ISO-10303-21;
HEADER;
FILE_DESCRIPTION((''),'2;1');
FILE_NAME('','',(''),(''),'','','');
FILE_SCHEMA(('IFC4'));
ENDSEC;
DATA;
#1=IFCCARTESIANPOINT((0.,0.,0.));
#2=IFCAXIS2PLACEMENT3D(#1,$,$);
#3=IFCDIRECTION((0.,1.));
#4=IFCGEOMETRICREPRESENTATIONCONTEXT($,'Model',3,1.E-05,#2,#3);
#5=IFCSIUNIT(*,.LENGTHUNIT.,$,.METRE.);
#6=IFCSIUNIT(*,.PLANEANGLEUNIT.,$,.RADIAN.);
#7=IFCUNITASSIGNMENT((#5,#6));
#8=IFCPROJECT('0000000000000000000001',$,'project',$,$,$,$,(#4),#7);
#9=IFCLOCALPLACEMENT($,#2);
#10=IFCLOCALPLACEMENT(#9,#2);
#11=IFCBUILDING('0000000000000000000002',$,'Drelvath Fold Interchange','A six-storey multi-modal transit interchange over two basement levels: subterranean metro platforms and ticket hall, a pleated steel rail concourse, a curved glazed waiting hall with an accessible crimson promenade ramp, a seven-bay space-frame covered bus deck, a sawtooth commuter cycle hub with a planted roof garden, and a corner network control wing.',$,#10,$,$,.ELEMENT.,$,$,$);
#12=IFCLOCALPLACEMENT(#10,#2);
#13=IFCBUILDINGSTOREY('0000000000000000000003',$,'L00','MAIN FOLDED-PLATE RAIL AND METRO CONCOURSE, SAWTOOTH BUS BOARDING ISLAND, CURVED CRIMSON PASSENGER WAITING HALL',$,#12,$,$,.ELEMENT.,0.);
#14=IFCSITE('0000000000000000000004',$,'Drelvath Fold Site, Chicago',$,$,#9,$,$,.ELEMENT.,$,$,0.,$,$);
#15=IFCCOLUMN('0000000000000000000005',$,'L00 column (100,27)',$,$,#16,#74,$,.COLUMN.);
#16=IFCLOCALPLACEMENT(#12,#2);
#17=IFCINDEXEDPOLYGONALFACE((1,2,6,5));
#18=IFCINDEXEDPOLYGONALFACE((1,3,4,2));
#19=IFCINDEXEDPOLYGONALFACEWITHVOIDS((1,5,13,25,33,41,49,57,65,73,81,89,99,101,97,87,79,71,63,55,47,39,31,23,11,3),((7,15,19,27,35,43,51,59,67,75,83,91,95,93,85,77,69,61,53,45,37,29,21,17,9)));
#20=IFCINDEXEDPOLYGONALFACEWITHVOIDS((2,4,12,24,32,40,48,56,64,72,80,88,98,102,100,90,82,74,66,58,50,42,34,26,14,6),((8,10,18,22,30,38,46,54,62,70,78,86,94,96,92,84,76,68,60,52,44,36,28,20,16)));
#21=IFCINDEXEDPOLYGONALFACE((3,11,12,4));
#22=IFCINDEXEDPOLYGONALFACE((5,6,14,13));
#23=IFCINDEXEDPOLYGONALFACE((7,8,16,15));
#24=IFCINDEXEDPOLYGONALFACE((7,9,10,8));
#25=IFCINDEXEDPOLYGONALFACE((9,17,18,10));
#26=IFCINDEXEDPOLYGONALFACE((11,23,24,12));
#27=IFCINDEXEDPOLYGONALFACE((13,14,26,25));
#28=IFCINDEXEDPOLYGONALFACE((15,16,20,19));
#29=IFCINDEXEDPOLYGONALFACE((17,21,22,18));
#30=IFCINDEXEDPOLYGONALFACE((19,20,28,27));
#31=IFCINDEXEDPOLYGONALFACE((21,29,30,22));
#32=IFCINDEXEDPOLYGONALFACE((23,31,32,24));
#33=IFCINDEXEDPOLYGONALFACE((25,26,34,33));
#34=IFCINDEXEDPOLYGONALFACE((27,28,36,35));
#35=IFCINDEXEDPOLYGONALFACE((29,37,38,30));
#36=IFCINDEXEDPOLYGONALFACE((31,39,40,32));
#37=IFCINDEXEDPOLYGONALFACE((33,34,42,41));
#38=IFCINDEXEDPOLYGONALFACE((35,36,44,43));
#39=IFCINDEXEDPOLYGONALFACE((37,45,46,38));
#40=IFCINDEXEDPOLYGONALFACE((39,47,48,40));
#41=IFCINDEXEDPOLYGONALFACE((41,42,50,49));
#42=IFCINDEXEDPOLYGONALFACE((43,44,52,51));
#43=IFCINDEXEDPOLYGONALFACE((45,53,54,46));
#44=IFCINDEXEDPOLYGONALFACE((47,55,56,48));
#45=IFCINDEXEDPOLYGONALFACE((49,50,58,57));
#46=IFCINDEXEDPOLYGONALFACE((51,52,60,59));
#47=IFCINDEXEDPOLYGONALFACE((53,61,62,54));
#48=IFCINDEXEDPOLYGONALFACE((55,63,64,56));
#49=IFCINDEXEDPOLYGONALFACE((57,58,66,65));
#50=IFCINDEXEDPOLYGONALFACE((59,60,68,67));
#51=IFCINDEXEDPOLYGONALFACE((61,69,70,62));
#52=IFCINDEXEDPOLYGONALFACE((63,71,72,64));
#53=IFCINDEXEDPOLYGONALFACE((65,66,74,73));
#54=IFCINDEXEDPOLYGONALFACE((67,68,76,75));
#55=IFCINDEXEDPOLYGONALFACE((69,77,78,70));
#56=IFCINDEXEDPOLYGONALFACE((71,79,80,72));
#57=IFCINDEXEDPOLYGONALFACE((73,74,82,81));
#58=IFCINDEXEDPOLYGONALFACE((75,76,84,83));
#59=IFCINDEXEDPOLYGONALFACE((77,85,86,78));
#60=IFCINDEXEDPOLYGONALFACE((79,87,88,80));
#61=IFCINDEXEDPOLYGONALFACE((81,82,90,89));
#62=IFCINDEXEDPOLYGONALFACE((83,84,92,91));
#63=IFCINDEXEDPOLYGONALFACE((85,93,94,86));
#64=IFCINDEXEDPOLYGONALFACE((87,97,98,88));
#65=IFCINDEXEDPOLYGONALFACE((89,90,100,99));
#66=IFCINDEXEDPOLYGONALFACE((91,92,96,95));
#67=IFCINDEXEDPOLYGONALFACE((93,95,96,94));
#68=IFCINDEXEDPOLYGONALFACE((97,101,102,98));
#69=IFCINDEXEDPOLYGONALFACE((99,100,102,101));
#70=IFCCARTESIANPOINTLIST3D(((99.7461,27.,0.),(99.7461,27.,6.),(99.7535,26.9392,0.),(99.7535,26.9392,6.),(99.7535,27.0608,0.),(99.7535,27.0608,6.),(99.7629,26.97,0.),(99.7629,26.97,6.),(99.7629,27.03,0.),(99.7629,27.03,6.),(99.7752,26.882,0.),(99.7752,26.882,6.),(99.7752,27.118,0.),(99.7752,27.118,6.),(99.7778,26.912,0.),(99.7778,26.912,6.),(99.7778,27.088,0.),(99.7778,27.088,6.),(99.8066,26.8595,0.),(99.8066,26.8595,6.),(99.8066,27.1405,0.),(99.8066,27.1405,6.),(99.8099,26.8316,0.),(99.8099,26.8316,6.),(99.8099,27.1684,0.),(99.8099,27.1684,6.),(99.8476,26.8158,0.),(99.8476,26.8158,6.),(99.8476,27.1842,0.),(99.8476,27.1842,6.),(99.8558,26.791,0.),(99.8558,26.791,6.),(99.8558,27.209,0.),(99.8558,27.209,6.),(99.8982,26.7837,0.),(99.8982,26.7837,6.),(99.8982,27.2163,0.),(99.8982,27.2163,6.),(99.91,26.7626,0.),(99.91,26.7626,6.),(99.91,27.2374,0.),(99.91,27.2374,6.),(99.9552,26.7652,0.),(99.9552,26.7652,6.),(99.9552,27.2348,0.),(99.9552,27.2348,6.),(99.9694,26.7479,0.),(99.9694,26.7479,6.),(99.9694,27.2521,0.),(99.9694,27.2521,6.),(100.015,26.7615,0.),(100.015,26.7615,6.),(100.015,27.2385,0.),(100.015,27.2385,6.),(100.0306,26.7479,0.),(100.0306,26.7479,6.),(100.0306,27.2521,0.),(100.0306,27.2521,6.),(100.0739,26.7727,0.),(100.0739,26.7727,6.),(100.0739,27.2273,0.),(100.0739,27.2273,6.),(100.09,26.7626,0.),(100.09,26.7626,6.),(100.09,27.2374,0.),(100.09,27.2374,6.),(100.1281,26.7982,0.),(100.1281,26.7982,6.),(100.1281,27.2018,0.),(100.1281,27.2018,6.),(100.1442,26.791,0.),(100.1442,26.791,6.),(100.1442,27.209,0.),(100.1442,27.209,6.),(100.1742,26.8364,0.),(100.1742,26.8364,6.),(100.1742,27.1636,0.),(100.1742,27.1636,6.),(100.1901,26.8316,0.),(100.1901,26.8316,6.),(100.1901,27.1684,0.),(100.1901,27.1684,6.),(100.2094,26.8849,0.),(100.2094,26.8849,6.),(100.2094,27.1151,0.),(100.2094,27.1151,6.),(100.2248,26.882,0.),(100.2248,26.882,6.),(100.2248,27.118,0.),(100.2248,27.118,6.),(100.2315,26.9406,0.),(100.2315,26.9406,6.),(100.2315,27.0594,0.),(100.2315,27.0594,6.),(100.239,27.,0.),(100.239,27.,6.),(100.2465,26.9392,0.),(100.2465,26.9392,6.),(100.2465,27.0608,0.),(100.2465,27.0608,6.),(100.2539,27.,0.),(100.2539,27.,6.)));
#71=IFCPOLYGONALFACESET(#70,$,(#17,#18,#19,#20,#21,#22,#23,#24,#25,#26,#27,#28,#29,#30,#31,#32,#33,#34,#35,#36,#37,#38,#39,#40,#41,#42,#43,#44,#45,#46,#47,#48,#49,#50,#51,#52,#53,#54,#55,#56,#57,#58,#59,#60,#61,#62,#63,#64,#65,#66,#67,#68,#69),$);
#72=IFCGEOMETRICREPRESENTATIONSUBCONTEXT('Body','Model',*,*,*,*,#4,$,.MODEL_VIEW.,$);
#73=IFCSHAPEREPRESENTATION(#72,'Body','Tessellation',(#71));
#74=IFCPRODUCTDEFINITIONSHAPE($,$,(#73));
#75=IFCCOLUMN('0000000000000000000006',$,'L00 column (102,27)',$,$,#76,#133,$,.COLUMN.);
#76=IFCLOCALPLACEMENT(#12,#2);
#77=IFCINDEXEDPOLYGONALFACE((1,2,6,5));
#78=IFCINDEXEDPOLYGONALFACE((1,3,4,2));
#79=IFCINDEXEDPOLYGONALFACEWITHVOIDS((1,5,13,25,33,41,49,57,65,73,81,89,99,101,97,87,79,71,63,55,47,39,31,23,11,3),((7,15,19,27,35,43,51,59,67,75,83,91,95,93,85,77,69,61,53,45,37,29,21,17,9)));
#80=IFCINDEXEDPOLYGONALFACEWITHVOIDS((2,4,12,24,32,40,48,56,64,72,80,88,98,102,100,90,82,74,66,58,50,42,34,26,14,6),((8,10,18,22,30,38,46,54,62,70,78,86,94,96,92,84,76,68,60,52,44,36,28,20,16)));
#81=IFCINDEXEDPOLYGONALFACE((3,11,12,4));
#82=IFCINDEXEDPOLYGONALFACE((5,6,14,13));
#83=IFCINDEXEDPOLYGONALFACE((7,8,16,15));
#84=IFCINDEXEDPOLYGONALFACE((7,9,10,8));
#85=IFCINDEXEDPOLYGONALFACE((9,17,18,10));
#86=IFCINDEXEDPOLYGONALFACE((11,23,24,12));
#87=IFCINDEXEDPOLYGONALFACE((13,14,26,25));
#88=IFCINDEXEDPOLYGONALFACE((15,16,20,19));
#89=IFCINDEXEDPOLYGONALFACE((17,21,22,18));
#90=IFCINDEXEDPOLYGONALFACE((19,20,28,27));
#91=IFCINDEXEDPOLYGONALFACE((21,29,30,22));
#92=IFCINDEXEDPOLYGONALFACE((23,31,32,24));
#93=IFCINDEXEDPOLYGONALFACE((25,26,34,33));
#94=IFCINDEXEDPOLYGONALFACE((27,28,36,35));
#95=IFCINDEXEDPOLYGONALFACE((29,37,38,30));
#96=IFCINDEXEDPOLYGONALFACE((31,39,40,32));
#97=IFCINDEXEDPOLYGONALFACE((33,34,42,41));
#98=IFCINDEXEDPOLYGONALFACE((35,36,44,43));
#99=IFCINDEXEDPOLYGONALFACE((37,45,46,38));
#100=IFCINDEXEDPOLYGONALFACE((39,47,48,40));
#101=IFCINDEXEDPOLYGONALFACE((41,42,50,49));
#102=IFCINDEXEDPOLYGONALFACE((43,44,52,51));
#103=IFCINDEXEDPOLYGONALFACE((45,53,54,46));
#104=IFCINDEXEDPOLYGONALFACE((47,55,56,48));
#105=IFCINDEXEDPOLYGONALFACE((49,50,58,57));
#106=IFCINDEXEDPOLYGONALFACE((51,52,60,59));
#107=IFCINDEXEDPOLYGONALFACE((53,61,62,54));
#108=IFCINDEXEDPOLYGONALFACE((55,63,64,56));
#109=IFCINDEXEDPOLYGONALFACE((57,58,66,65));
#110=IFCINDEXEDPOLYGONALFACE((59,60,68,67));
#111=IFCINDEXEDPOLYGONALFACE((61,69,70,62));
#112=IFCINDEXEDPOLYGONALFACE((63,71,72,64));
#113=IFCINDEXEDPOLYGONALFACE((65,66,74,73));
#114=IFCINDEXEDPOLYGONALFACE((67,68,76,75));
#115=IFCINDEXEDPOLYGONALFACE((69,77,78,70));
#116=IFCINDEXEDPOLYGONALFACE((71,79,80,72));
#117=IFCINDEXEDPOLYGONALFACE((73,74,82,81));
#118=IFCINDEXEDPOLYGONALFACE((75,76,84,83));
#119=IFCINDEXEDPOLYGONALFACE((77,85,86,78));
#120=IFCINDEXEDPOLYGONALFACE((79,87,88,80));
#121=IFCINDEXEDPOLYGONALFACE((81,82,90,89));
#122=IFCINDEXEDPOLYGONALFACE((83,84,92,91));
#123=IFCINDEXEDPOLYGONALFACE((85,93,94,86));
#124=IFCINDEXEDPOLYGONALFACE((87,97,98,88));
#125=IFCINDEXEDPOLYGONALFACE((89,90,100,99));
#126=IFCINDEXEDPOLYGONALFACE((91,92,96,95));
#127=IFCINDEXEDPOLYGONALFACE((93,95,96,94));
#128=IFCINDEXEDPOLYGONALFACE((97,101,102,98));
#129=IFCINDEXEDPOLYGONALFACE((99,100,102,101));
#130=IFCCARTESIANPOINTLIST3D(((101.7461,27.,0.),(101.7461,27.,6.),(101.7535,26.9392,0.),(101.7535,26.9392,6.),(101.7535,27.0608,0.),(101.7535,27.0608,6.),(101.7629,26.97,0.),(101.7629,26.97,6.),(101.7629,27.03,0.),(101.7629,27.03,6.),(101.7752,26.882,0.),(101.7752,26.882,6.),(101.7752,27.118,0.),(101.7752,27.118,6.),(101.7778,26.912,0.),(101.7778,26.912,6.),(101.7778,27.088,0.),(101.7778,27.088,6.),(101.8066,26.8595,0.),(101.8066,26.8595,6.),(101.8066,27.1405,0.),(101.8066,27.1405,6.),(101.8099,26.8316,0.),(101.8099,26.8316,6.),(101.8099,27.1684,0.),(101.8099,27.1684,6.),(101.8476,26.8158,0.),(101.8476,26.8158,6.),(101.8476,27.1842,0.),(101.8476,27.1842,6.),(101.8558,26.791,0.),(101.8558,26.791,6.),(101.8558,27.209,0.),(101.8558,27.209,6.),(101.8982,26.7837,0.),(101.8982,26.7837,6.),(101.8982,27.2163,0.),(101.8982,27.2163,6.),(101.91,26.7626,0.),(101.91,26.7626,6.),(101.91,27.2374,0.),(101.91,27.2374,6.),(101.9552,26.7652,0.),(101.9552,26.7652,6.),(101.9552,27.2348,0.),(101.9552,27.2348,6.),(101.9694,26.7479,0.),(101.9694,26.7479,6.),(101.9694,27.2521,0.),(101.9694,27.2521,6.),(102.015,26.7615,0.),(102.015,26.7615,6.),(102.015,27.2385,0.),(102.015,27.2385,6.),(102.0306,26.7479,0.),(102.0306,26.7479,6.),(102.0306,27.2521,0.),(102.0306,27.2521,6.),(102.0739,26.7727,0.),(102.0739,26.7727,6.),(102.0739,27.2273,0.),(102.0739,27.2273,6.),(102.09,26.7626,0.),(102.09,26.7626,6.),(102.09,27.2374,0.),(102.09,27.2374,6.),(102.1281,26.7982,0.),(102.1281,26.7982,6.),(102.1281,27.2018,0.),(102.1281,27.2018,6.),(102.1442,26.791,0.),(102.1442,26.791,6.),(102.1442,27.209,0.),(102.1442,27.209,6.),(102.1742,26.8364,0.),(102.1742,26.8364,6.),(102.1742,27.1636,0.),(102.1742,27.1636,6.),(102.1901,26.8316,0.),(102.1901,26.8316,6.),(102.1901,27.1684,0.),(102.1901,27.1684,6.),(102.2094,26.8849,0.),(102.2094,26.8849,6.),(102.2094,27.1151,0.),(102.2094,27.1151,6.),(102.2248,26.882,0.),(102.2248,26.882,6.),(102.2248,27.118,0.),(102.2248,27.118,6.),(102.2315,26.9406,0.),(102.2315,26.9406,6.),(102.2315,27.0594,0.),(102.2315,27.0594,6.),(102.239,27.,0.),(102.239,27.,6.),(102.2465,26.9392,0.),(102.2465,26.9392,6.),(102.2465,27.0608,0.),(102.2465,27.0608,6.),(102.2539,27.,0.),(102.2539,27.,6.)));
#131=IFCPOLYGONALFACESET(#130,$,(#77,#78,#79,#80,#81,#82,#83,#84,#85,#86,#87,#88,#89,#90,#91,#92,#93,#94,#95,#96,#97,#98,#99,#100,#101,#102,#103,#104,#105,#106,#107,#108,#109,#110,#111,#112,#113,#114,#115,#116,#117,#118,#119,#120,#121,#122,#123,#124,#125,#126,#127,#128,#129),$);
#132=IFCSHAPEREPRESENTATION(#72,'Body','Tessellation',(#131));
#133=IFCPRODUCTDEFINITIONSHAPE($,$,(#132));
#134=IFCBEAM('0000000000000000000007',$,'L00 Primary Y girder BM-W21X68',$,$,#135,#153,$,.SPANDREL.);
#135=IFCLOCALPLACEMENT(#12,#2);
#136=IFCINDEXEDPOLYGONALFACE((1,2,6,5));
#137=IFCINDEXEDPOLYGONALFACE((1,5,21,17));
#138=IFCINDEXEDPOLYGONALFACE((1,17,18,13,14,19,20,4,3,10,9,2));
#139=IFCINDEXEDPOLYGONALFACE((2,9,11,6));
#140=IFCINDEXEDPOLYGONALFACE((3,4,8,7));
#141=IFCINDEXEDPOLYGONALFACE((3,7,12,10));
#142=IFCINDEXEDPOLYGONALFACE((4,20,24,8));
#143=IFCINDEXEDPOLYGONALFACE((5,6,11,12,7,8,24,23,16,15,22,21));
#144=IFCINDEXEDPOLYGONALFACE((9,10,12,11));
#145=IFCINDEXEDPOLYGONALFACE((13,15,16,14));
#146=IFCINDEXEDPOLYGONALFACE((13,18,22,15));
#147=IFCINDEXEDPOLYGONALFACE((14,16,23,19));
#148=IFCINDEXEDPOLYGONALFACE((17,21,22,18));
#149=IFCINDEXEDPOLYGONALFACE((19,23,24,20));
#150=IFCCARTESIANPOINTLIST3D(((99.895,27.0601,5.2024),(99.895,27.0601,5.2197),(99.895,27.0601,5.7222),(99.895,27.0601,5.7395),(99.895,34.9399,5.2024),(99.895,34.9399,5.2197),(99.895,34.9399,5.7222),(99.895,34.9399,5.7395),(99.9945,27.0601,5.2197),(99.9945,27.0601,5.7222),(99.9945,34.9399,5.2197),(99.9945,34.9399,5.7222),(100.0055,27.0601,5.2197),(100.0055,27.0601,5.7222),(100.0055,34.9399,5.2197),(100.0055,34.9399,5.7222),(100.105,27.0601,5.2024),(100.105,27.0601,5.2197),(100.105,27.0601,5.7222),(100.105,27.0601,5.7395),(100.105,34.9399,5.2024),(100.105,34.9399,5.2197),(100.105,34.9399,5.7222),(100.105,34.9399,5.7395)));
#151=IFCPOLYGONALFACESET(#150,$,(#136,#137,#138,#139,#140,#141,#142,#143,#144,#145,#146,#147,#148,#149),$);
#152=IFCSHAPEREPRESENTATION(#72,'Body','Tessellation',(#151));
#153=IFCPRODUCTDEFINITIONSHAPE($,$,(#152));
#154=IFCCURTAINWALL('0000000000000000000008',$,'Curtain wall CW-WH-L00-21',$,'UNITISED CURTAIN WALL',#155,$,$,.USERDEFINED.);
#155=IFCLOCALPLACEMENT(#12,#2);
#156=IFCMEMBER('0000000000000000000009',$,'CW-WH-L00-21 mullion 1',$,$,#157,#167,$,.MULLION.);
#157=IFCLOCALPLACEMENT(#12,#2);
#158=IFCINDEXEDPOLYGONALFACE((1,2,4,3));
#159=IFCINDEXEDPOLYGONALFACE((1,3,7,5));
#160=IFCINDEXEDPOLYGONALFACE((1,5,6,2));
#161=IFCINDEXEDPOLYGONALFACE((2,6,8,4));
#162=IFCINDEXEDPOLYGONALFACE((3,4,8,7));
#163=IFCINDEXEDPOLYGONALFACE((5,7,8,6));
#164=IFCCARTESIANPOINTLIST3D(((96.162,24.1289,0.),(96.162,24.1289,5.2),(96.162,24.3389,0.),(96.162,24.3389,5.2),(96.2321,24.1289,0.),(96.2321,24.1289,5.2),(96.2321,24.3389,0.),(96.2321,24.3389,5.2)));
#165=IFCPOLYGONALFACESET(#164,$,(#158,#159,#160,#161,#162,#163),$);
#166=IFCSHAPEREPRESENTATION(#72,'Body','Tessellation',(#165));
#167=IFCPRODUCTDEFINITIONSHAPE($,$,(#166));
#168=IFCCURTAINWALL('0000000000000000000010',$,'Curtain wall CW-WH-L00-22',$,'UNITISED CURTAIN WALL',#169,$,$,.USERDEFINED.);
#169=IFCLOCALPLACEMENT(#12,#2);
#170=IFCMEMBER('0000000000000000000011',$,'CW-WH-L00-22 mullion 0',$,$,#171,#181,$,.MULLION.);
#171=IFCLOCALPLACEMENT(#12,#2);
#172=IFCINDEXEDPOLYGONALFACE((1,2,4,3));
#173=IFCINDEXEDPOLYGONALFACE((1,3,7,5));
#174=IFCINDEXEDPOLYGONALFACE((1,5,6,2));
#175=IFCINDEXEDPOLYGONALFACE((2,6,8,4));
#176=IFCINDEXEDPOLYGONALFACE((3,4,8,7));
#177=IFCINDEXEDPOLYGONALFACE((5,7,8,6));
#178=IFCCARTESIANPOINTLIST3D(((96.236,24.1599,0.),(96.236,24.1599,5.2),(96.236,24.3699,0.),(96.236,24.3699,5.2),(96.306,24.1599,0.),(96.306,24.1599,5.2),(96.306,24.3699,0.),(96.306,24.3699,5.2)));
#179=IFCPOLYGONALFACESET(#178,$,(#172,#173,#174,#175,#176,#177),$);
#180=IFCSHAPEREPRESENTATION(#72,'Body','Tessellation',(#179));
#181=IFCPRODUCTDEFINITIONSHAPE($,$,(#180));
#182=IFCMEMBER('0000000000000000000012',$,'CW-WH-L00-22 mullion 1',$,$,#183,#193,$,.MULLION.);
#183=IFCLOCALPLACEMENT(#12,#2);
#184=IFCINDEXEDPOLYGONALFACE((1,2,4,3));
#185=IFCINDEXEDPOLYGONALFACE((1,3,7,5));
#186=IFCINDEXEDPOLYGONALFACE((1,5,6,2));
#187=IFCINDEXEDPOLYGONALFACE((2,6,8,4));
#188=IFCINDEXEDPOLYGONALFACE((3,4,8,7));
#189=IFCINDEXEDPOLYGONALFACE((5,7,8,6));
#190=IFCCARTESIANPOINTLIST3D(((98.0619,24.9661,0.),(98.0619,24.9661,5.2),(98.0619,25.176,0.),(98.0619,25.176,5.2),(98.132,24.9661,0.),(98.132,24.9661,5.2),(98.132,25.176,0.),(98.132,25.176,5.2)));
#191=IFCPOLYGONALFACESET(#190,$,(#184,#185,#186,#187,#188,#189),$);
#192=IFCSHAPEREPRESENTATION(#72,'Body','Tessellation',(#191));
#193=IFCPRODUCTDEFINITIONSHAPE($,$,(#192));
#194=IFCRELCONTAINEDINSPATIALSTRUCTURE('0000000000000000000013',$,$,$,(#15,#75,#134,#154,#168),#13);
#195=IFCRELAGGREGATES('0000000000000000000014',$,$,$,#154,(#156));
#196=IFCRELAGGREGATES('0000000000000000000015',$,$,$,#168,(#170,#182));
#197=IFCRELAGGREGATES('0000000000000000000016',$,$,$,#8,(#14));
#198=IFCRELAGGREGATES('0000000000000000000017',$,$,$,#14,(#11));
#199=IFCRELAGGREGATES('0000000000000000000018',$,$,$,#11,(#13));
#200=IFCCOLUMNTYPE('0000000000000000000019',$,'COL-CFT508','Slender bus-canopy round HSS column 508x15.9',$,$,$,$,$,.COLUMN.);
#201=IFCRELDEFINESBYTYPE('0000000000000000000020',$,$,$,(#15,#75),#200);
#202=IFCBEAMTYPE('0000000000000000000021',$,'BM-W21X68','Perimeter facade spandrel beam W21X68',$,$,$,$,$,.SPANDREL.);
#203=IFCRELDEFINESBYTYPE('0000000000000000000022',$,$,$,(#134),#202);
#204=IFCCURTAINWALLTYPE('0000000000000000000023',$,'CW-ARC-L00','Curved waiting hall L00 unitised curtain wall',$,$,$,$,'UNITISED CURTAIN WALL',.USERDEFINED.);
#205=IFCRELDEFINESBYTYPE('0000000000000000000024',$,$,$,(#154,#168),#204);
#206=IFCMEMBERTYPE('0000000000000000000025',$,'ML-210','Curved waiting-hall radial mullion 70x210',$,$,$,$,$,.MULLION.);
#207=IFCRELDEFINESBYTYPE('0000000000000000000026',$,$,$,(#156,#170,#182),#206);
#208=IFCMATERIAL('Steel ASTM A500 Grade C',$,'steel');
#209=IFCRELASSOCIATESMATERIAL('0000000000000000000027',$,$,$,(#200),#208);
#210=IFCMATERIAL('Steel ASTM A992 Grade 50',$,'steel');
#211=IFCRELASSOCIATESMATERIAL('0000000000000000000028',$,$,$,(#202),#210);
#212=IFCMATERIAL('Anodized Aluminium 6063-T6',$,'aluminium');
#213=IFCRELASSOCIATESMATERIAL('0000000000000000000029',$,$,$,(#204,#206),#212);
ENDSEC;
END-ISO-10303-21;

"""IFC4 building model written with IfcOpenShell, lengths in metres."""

from ifc_helpers import new_model, si_unit, direction, frame, origin, origin_2d, place, context, subcontext, project, spatial, rectangle, hollow_circle, i_section, extrude, material, material_profile, profile_set, type_object, element, aggregate, save


model = new_model("IFC4")

# Units and contexts
model_context = context("Model", 3, precision=1e-05, world=origin(), true_north=direction((0.0, 1.0)))
body_context = subcontext(model_context, "Body", "Model", "MODEL_VIEW")
ifc_project = project(units=[si_unit("LENGTHUNIT", "METRE"), si_unit("PLANEANGLEUNIT", "RADIAN")], contexts=[model_context])

# Site, building, storey
site_placement = place(None, origin())
site = spatial("IfcSite", under=ifc_project, at=site_placement, Name="Drelvath Fold Site, Chicago", CompositionType="ELEMENT", RefElevation=0.0)
building_placement = place(site_placement, origin())
building = spatial("IfcBuilding", under=site, at=building_placement, Name="Drelvath Fold Interchange", Description="A six-storey multi-modal transit interchange over two basement levels: subterranean metro platforms and ticket hall, a pleated steel rail concourse, a curved glazed waiting hall with an accessible crimson promenade ramp, a seven-bay space-frame covered bus deck, a sawtooth commuter cycle hub with a planted roof garden, and a corner network control wing.", CompositionType="ELEMENT")
storey_placement = place(building_placement, origin())
storey = spatial("IfcBuildingStorey", under=building, at=storey_placement, Name="L00", Description="MAIN FOLDED-PLATE RAIL AND METRO CONCOURSE, SAWTOOTH BUS BOARDING ISLAND, CURVED CRIMSON PASSENGER WAITING HALL", CompositionType="ELEMENT", Elevation=0.0)

# Columns
ifc_material_1 = material(Name="Steel ASTM A500 Grade C", Category="steel")
ifc_material_profile_1 = material_profile(ifc_material_1, hollow_circle(Radius=0.2539, WallThickness=0.0149, at=origin_2d()), Name="HSS20.000X0.625")
ifc_profile_set_1 = profile_set([ifc_material_profile_1], Name="Steel ASTM A500 Grade C")
column_type = type_object("IfcColumnType", Name="COL-CFT508", Description="Slender bus-canopy round HSS column 508x15.9", PredefinedType="COLUMN", material=ifc_profile_set_1)
for number, where, z_axis, x_axis, name in (
    (1, (100.0, 27.0, 0.0), (0.0, 0.0, 1.0), (1.0, 0.0, 0.0), "L00 column (100,27)"),
    (2, (102.0, 27.0, 0.0), (0.0, 0.0, 1.0), (1.0, 0.0, 0.0), "L00 column (102,27)"),
):
    element("IfcColumn", number, at=place(storey_placement, frame(where, z_axis=z_axis, x_axis=x_axis)), inside=storey, type_object=column_type, Name=name, PredefinedType="COLUMN", context=body_context, shape_type="SweptSolid", body=[
        extrude(hollow_circle(Radius=0.2539, WallThickness=0.0149, at=origin_2d()), origin(), (0.0, 0.0, 1.0), 6.0),
    ])

# Beam
ifc_material_2 = material(Name="Steel ASTM A992 Grade 50", Category="steel")
ifc_material_profile_2 = material_profile(ifc_material_2, i_section(OverallWidth=0.21, OverallDepth=0.5371, WebThickness=0.011, FlangeThickness=0.0173, at=origin_2d()), Name="W21X68")
ifc_profile_set_2 = profile_set([ifc_material_profile_2], Name="Steel ASTM A992 Grade 50")
beam_type = type_object("IfcBeamType", Name="BM-W21X68", Description="Perimeter facade spandrel beam W21X68", PredefinedType="SPANDREL", material=ifc_profile_set_2)
beam_placement = place(storey_placement, frame((100.0, 27.0601, 5.4709), z_axis=(0.0, 1.0, 0.0), x_axis=(-1.0, 0.0, 0.0)))
element("IfcBeam", 3, at=beam_placement, inside=storey, type_object=beam_type, Name="L00 Primary Y girder BM-W21X68", PredefinedType="SPANDREL", context=body_context, shape_type="SweptSolid", body=[
    extrude(i_section(OverallWidth=0.21, OverallDepth=0.5371, WebThickness=0.011, FlangeThickness=0.0173, at=origin_2d()), origin(), (0.0, 0.0, 1.0), 7.8799),
])

# Curtain wall, member
ifc_material_3 = material(Name="Anodized Aluminium 6063-T6", Category="aluminium")
curtain_wall_type_1 = type_object("IfcCurtainWallType", Name="CW-ARC-L00", Description="Curved waiting hall L00 unitised curtain wall", ElementType="UNITISED CURTAIN WALL", PredefinedType="USERDEFINED", material=ifc_material_3)
curtain_wall_1_placement = place(storey_placement, origin())
curtain_wall_1 = element("IfcCurtainWall", 4, at=curtain_wall_1_placement, inside=storey, type_object=curtain_wall_type_1, Name="Curtain wall CW-WH-L00-21", ObjectType="UNITISED CURTAIN WALL", PredefinedType="USERDEFINED")
ifc_material_profile_3 = material_profile(ifc_material_3, rectangle(XDim=0.0701, YDim=0.21, at=origin_2d()), Name="AL-M 70x210")
ifc_profile_set_3 = profile_set([ifc_material_profile_3], Name="Anodized Aluminium 6063-T6")
member_type_1 = type_object("IfcMemberType", Name="ML-210", Description="Curved waiting-hall radial mullion 70x210", PredefinedType="MULLION", material=ifc_profile_set_3)
member_1_placement = place(storey_placement, frame((96.197, 24.2339, 0.0), z_axis=(0.0, 0.0, 1.0), x_axis=(1.0, 0.0, 0.0)))
member_1 = element("IfcMember", 5, at=member_1_placement, type_object=member_type_1, Name="CW-WH-L00-21 mullion 1", PredefinedType="MULLION", context=body_context, shape_type="SweptSolid", body=[
    extrude(rectangle(XDim=0.0701, YDim=0.21, at=origin_2d()), origin(), (0.0, 0.0, 1.0), 5.2),
])

# Curtain wall, members
curtain_wall_2_placement = place(storey_placement, origin())
curtain_wall_2 = element("IfcCurtainWall", 6, at=curtain_wall_2_placement, inside=storey, type_object=curtain_wall_type_1, Name="Curtain wall CW-WH-L00-22", ObjectType="UNITISED CURTAIN WALL", PredefinedType="USERDEFINED")
member_2_placement = place(storey_placement, frame((96.271, 24.2649, 0.0), z_axis=(0.0, 0.0, 1.0), x_axis=(1.0, 0.0, 0.0)))
member_2 = element("IfcMember", 7, at=member_2_placement, type_object=member_type_1, Name="CW-WH-L00-22 mullion 0", PredefinedType="MULLION", context=body_context, shape_type="SweptSolid", body=[
    extrude(rectangle(XDim=0.0701, YDim=0.21, at=origin_2d()), origin(), (0.0, 0.0, 1.0), 5.2),
])
member_3_placement = place(storey_placement, frame((98.0969, 25.071, 0.0), z_axis=(0.0, 0.0, 1.0), x_axis=(1.0, 0.0, 0.0)))
member_3 = element("IfcMember", 8, at=member_3_placement, type_object=member_type_1, Name="CW-WH-L00-22 mullion 1", PredefinedType="MULLION", context=body_context, shape_type="SweptSolid", body=[
    extrude(rectangle(XDim=0.0701, YDim=0.21, at=origin_2d()), origin(), (0.0, 0.0, 1.0), 5.2),
])

aggregate(curtain_wall_1, [member_1])
aggregate(curtain_wall_2, [member_2, member_3])

save(model, "model.ifc")
